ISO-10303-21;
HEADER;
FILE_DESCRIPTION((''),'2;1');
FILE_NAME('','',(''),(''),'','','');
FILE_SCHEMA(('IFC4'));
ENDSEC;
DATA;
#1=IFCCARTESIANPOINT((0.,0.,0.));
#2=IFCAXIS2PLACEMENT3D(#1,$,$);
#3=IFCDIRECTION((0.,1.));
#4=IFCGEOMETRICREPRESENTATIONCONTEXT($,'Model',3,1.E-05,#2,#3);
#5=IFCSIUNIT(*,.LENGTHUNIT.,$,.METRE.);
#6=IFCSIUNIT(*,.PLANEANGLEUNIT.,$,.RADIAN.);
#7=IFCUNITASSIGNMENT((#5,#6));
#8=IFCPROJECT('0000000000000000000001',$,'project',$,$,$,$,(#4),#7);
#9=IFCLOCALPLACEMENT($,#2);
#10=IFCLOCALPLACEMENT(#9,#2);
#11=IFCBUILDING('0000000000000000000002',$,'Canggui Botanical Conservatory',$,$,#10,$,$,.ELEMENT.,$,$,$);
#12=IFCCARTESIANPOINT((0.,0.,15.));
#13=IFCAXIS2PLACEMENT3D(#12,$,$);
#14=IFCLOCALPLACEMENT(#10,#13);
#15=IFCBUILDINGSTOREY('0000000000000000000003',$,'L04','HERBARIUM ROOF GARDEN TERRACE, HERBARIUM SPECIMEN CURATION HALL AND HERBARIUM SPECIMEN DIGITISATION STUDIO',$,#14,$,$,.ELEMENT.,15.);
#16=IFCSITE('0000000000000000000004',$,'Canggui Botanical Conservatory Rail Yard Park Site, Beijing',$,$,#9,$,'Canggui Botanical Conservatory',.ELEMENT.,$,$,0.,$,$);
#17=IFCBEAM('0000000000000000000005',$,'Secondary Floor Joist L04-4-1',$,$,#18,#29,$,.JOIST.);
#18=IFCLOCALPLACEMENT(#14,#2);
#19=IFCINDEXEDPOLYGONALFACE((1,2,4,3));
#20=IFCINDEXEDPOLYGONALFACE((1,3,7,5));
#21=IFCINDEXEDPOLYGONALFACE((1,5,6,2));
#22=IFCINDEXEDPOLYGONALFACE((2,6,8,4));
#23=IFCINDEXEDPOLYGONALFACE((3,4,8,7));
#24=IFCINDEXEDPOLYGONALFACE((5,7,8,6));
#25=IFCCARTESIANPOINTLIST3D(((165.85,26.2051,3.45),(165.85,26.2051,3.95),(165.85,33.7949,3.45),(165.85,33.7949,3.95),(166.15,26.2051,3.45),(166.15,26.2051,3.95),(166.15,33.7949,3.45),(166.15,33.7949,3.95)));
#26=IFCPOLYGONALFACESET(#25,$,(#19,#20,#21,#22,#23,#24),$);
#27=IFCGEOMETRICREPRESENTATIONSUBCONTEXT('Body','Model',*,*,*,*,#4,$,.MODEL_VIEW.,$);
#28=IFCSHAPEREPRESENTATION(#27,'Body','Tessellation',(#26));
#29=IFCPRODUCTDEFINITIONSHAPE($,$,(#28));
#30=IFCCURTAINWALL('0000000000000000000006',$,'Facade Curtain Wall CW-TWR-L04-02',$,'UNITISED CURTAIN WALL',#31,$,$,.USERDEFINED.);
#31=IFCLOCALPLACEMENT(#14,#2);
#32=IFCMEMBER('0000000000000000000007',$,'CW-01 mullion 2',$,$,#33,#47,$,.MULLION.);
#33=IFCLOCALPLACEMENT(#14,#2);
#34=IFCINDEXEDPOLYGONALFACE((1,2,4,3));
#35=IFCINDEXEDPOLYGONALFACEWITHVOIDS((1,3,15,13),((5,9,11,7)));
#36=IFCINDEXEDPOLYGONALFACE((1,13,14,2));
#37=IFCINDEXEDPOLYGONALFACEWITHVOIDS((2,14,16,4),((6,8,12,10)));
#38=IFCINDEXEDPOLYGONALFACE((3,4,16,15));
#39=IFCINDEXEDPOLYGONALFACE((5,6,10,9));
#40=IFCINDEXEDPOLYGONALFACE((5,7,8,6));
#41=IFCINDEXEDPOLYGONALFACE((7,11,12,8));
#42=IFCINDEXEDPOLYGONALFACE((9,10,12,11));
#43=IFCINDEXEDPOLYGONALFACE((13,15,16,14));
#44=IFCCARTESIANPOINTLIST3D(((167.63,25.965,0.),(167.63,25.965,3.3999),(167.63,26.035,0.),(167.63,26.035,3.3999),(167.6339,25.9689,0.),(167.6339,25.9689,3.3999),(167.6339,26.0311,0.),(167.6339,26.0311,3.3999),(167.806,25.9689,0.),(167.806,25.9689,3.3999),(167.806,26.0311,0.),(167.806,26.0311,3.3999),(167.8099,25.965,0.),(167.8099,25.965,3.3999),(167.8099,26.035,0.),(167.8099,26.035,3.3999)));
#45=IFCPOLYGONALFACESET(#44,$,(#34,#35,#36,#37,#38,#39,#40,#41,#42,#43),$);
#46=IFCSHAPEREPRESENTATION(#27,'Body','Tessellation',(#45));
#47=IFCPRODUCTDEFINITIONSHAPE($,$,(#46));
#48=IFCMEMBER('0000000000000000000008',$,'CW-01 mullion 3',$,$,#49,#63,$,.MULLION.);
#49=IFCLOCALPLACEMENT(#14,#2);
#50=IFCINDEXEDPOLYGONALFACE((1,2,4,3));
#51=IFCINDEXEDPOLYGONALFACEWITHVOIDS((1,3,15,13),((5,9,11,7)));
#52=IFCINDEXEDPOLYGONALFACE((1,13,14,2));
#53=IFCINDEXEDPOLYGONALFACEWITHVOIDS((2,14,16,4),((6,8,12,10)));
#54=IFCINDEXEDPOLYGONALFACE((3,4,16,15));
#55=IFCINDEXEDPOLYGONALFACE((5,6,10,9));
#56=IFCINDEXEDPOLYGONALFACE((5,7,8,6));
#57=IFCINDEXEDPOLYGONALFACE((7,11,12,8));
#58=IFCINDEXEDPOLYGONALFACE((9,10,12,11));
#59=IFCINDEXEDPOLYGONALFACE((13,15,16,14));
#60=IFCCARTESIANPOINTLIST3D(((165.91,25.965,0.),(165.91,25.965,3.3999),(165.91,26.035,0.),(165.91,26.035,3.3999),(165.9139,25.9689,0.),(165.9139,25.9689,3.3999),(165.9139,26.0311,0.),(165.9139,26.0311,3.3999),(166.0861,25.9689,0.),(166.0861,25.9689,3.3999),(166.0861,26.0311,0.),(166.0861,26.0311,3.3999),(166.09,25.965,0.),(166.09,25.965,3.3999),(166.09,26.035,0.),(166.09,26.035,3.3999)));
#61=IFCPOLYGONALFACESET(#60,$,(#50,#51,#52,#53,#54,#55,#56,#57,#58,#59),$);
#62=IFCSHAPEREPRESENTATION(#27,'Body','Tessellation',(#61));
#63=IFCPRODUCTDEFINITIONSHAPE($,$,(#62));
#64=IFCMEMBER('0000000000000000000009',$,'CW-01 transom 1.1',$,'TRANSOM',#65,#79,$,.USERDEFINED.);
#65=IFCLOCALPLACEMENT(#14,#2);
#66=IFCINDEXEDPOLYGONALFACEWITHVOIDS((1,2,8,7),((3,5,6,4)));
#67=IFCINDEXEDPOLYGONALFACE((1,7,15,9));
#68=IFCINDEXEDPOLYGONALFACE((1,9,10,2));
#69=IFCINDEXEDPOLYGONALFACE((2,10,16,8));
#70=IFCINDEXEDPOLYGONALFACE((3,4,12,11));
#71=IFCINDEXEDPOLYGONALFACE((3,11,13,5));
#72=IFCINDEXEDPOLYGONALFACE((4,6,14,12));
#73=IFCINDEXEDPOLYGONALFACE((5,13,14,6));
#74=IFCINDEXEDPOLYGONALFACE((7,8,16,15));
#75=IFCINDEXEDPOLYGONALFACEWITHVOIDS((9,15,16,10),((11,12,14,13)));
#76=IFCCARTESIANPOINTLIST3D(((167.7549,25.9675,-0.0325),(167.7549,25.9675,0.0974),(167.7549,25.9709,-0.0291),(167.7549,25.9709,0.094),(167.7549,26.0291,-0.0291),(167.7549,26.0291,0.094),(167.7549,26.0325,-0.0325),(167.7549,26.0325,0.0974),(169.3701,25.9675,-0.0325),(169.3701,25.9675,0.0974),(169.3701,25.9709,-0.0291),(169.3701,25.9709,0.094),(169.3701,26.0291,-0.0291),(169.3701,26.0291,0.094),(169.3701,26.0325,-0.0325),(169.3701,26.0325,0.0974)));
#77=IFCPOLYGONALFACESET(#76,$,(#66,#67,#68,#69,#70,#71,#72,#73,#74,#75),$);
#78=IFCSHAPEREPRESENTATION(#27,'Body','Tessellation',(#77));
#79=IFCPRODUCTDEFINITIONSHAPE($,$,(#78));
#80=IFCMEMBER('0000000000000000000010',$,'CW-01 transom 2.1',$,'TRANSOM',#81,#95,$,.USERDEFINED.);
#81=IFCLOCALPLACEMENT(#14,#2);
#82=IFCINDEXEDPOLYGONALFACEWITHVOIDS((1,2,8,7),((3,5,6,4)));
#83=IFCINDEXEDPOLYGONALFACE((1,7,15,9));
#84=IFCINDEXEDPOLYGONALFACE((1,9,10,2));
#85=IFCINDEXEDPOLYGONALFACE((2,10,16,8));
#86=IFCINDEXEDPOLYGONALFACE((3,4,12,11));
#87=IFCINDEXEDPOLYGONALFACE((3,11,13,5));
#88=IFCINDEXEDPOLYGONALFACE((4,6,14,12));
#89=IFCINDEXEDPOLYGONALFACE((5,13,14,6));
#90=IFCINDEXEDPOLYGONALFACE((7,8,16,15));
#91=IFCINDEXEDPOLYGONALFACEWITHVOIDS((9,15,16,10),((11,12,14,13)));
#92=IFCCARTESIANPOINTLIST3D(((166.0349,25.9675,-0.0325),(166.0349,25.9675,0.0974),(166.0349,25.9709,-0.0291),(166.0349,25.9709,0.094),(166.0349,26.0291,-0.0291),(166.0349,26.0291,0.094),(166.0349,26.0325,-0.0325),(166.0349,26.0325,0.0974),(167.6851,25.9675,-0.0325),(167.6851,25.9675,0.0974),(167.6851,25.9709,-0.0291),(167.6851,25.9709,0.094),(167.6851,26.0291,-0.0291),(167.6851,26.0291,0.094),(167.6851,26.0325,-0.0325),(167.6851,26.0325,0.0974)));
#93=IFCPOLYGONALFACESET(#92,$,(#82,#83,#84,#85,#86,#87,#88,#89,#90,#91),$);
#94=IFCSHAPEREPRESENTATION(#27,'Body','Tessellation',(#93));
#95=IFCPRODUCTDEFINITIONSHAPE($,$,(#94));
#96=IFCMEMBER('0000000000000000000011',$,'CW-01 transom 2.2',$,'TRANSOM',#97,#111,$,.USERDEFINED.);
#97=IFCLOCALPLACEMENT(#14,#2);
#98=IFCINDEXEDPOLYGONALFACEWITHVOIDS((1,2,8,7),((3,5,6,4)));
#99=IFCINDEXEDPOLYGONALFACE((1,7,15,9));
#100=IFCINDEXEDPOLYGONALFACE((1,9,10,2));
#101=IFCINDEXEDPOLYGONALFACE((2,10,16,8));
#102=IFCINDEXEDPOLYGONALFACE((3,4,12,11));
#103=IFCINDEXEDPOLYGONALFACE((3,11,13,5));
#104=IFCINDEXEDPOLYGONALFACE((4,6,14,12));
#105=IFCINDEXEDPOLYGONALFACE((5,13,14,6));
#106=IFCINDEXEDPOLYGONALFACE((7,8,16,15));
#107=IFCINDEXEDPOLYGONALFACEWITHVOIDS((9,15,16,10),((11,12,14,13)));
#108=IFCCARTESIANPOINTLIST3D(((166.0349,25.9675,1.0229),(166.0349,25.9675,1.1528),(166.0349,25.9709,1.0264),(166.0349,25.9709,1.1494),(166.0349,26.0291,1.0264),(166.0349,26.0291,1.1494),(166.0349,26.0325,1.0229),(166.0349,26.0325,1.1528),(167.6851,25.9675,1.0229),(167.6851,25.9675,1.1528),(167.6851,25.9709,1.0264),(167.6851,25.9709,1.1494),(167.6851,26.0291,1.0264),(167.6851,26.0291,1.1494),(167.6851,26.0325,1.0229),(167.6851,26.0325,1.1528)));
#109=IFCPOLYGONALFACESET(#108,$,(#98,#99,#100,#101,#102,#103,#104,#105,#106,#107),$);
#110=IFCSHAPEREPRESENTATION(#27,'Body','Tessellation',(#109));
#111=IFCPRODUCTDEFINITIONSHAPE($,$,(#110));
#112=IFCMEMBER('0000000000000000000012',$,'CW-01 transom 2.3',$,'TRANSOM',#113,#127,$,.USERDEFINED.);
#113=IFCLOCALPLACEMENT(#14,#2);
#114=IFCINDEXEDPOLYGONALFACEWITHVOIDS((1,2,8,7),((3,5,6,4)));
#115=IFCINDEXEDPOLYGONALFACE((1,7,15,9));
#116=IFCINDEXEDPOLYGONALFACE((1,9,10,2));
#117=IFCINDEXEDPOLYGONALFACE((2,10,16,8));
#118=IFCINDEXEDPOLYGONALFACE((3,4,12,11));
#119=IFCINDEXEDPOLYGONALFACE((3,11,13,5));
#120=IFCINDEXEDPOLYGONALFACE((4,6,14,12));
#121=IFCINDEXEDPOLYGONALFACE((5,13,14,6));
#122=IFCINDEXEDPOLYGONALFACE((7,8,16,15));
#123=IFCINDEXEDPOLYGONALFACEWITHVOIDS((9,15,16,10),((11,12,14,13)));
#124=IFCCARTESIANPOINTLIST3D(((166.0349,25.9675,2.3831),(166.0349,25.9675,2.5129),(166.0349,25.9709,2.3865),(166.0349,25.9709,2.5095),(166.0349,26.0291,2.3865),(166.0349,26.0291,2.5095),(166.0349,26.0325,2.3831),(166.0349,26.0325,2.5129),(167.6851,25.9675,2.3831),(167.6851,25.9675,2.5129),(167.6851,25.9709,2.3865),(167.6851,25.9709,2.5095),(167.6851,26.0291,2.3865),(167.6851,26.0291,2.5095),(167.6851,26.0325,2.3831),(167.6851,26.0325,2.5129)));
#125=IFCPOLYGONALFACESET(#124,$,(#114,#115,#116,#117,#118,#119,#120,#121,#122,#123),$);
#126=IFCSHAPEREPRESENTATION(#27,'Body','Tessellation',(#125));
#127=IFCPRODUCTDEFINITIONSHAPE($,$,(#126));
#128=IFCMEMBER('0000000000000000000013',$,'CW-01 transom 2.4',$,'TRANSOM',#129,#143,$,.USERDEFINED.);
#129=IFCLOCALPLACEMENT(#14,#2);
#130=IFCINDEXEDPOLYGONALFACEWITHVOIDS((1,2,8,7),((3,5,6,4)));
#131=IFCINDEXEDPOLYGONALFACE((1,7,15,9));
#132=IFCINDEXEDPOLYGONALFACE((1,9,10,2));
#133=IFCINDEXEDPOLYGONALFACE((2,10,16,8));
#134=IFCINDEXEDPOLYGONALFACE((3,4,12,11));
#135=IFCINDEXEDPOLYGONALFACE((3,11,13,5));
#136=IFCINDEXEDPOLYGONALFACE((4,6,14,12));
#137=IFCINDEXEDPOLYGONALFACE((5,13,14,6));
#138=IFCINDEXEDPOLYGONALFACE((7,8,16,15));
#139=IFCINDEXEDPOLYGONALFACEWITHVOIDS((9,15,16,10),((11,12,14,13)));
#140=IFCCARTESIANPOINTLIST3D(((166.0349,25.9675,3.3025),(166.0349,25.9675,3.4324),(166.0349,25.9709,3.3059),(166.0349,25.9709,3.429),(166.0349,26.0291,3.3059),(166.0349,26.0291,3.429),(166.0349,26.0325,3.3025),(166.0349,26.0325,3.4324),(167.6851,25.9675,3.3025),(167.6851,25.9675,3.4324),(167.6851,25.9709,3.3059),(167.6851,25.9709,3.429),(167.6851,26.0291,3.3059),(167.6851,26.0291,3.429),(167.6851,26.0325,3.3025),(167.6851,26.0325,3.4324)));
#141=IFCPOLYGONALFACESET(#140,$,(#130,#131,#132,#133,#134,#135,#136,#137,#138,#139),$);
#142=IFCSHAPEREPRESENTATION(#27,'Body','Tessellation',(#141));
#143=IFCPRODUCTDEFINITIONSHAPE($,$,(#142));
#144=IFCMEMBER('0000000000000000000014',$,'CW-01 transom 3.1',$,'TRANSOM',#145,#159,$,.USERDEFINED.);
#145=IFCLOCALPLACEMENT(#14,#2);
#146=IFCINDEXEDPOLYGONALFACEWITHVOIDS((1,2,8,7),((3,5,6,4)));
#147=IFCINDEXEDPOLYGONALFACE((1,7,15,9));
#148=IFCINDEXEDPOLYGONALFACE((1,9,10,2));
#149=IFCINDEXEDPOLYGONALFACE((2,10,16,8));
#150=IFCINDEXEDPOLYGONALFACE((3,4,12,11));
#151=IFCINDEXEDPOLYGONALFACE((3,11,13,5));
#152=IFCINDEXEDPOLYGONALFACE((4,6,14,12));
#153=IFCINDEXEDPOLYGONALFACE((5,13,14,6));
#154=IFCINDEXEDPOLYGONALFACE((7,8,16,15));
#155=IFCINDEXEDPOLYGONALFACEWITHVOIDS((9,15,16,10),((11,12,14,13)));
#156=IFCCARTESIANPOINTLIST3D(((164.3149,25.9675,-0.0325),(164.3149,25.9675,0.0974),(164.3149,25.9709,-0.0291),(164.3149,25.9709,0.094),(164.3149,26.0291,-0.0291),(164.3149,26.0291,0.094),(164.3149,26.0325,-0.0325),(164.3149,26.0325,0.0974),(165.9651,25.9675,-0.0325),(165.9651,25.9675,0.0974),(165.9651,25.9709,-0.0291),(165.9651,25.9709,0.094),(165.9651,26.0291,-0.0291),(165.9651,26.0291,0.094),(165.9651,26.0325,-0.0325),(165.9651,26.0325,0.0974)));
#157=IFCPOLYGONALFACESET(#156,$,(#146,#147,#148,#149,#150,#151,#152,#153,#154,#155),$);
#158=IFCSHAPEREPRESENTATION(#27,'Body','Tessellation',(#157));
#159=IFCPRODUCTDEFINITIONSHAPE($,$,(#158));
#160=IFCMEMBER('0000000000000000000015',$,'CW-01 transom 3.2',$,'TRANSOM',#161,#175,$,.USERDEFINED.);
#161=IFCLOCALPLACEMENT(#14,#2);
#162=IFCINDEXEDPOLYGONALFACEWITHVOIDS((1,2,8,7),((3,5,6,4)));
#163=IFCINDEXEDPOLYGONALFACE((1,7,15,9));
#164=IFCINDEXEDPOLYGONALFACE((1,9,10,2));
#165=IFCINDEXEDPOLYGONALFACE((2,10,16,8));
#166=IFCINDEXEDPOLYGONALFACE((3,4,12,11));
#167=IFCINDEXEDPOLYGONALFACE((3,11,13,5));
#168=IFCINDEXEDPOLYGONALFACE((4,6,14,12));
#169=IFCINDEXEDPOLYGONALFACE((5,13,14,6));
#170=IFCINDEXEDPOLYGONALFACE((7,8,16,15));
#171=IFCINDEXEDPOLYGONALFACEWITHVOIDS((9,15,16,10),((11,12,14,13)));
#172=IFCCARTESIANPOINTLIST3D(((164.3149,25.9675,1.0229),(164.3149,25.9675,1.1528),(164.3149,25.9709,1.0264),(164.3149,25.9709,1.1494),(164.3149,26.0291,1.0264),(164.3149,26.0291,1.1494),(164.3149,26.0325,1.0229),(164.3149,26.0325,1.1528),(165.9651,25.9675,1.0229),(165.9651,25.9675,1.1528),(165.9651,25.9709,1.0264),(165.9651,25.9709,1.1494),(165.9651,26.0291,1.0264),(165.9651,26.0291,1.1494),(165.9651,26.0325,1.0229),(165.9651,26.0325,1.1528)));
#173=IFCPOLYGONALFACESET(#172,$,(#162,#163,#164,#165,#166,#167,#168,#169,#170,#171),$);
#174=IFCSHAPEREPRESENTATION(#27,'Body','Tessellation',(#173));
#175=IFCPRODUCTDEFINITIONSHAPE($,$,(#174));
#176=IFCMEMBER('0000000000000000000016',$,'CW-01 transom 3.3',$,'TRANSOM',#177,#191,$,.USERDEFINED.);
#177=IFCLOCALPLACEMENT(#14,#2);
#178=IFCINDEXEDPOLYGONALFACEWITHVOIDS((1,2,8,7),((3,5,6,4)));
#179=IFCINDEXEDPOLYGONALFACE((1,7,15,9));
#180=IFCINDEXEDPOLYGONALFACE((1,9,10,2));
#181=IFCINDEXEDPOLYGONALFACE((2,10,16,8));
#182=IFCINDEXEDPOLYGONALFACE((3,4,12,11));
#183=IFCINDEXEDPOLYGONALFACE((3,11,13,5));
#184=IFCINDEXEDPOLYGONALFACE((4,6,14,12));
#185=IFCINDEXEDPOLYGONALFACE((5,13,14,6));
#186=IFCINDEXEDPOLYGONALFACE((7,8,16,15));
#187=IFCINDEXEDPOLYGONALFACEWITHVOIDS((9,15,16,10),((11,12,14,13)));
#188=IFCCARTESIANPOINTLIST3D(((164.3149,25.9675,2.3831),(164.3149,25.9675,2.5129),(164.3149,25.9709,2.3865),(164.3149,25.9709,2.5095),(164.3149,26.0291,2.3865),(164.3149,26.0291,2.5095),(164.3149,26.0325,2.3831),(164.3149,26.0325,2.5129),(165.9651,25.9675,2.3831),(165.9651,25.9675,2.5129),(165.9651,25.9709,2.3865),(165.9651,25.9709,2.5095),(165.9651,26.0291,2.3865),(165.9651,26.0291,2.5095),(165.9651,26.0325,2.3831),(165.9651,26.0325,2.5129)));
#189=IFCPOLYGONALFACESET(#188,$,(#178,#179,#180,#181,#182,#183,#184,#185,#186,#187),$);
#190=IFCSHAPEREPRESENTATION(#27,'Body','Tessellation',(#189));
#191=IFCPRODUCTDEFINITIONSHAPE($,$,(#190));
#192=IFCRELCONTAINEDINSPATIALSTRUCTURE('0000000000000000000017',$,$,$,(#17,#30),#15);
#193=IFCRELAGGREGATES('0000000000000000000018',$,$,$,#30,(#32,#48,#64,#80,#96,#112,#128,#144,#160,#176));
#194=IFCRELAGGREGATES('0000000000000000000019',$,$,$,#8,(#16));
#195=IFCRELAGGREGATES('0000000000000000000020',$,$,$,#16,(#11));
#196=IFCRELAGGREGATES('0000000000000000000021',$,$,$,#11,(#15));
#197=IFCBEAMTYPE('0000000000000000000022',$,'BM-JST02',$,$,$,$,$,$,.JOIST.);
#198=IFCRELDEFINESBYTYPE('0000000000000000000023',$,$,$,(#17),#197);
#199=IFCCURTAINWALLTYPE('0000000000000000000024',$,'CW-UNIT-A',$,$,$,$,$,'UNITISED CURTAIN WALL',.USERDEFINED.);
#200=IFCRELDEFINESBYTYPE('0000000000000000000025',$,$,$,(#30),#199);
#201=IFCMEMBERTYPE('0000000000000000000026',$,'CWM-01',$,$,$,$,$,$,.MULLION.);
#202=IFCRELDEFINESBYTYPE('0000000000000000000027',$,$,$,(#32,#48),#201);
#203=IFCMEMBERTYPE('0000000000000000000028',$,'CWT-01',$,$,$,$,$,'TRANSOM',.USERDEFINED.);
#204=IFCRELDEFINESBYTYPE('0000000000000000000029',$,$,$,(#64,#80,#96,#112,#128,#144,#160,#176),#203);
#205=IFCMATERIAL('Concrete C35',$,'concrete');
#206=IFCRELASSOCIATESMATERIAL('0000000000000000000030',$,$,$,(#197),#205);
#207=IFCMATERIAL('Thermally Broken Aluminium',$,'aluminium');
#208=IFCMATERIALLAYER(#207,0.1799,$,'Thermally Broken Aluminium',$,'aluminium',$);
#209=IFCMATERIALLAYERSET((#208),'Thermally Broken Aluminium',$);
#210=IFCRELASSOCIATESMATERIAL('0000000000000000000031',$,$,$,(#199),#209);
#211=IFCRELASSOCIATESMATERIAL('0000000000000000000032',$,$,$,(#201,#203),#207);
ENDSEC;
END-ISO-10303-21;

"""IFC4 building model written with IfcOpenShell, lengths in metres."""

from ifc_helpers import new_model, si_unit, direction, frame, origin, origin_2d, place, context, subcontext, project, spatial, rectangle, hollow_rectangle, extrude, material, layer, layer_set, material_profile, profile_set, type_object, element, aggregate, save


model = new_model("IFC4")

# Units and contexts
model_context = context("Model", 3, precision=1e-05, world=origin(), true_north=direction((0.0, 1.0)))
body_context = subcontext(model_context, "Body", "Model", "MODEL_VIEW")
ifc_project = project(units=[si_unit("LENGTHUNIT", "METRE"), si_unit("PLANEANGLEUNIT", "RADIAN")], contexts=[model_context])

# Site, building, storey
site_placement = place(None, origin())
site = spatial("IfcSite", under=ifc_project, at=site_placement, Name="Canggui Botanical Conservatory Rail Yard Park Site, Beijing", LongName="Canggui Botanical Conservatory", CompositionType="ELEMENT", RefElevation=0.0)
building_placement = place(site_placement, origin())
building = spatial("IfcBuilding", under=site, at=building_placement, Name="Canggui Botanical Conservatory", CompositionType="ELEMENT")
storey_placement = place(building_placement, frame((0.0, 0.0, 15.0)))
storey = spatial("IfcBuildingStorey", under=building, at=storey_placement, Name="L04", Description="HERBARIUM ROOF GARDEN TERRACE, HERBARIUM SPECIMEN CURATION HALL AND HERBARIUM SPECIMEN DIGITISATION STUDIO", CompositionType="ELEMENT", Elevation=15.0)

# Beam
ifc_material_1 = material(Name="Concrete C35", Category="concrete")
ifc_material_profile_1 = material_profile(ifc_material_1, rectangle(XDim=0.3, YDim=0.5, at=origin_2d()), Name="RB 300x500")
ifc_profile_set_1 = profile_set([ifc_material_profile_1], Name="Concrete C35")
beam_type = type_object("IfcBeamType", Name="BM-JST02", PredefinedType="JOIST", material=ifc_profile_set_1)
beam_placement = place(storey_placement, frame((166.0, 26.2051, 3.7), z_axis=(0.0, 1.0, 0.0), x_axis=(-1.0, 0.0, 0.0)))
element("IfcBeam", 1, at=beam_placement, inside=storey, type_object=beam_type, Name="Secondary Floor Joist L04-4-1", PredefinedType="JOIST", context=body_context, shape_type="SweptSolid", body=[
    extrude(rectangle(XDim=0.3, YDim=0.5, at=origin_2d()), origin(), (0.0, 0.0, 1.0), 7.5898),
])

# Curtain wall, members
ifc_material_2 = material(Name="Thermally Broken Aluminium", Category="aluminium")
ifc_layer_1 = layer(ifc_material_2, 0.1799, Name="Thermally Broken Aluminium", Category="aluminium")
ifc_layer_set_1 = layer_set([ifc_layer_1], Name="Thermally Broken Aluminium")
curtain_wall_type = type_object("IfcCurtainWallType", Name="CW-UNIT-A", ElementType="UNITISED CURTAIN WALL", PredefinedType="USERDEFINED", material=ifc_layer_set_1)
curtain_wall_placement = place(storey_placement, origin())
curtain_wall = element("IfcCurtainWall", 2, at=curtain_wall_placement, inside=storey, type_object=curtain_wall_type, Name="Facade Curtain Wall CW-TWR-L04-02", ObjectType="UNITISED CURTAIN WALL", PredefinedType="USERDEFINED")
ifc_material_profile_2 = material_profile(ifc_material_2, hollow_rectangle(XDim=0.0701, YDim=0.1799, WallThickness=0.0039, at=origin_2d()), Name="CWM 70x180x4")
ifc_profile_set_2 = profile_set([ifc_material_profile_2], Name="Thermally Broken Aluminium")
member_type_1 = type_object("IfcMemberType", Name="CWM-01", PredefinedType="MULLION", material=ifc_profile_set_2)
member_1_placement = place(storey_placement, frame((167.72, 26.0, 0.0), z_axis=(0.0, 0.0, 1.0), x_axis=(0.0, -1.0, 0.0)))
member_1 = element("IfcMember", 3, at=member_1_placement, type_object=member_type_1, Name="CW-01 mullion 2", PredefinedType="MULLION", context=body_context, shape_type="SweptSolid", body=[
    extrude(hollow_rectangle(XDim=0.0701, YDim=0.1799, WallThickness=0.0039, at=origin_2d()), origin(), (0.0, 0.0, 1.0), 3.3999),
])
member_2_placement = place(storey_placement, frame((166.0, 26.0, 0.0), z_axis=(0.0, 0.0, 1.0), x_axis=(0.0, -1.0, 0.0)))
member_2 = element("IfcMember", 4, at=member_2_placement, type_object=member_type_1, Name="CW-01 mullion 3", PredefinedType="MULLION", context=body_context, shape_type="SweptSolid", body=[
    extrude(hollow_rectangle(XDim=0.0701, YDim=0.1799, WallThickness=0.0039, at=origin_2d()), origin(), (0.0, 0.0, 1.0), 3.3999),
])
ifc_material_profile_3 = material_profile(ifc_material_2, hollow_rectangle(XDim=0.0649, YDim=0.1299, WallThickness=0.0034, at=origin_2d()), Name="CWT 65x130x3.5")
ifc_profile_set_3 = profile_set([ifc_material_profile_3], Name="Thermally Broken Aluminium")
member_type_2 = type_object("IfcMemberType", Name="CWT-01", ElementType="TRANSOM", PredefinedType="USERDEFINED", material=ifc_profile_set_3)
member_3_placement = place(storey_placement, frame((169.3701, 26.0, 0.0325), z_axis=(-1.0, 0.0, 0.0), x_axis=(0.0, -1.0, 0.0)))
member_3 = element("IfcMember", 5, at=member_3_placement, type_object=member_type_2, Name="CW-01 transom 1.1", ObjectType="TRANSOM", PredefinedType="USERDEFINED", context=body_context, shape_type="SweptSolid", body=[
    extrude(hollow_rectangle(XDim=0.0649, YDim=0.1299, WallThickness=0.0034, at=origin_2d()), origin(), (0.0, 0.0, 1.0), 1.6152),
])
member_4_placement = place(storey_placement, frame((167.6851, 26.0, 0.0325), z_axis=(-1.0, 0.0, 0.0), x_axis=(0.0, -1.0, 0.0)))
member_4 = element("IfcMember", 6, at=member_4_placement, type_object=member_type_2, Name="CW-01 transom 2.1", ObjectType="TRANSOM", PredefinedType="USERDEFINED", context=body_context, shape_type="SweptSolid", body=[
    extrude(hollow_rectangle(XDim=0.0649, YDim=0.1299, WallThickness=0.0034, at=origin_2d()), origin(), (0.0, 0.0, 1.0), 1.6501),
])
member_5_placement = place(storey_placement, frame((167.6851, 26.0, 1.0879), z_axis=(-1.0, 0.0, 0.0), x_axis=(0.0, -1.0, 0.0)))
member_5 = element("IfcMember", 7, at=member_5_placement, type_object=member_type_2, Name="CW-01 transom 2.2", ObjectType="TRANSOM", PredefinedType="USERDEFINED", context=body_context, shape_type="SweptSolid", body=[
    extrude(hollow_rectangle(XDim=0.0649, YDim=0.1299, WallThickness=0.0034, at=origin_2d()), origin(), (0.0, 0.0, 1.0), 1.6501),
])
member_6_placement = place(storey_placement, frame((167.6851, 26.0, 2.448), z_axis=(-1.0, 0.0, 0.0), x_axis=(0.0, -1.0, 0.0)))
member_6 = element("IfcMember", 8, at=member_6_placement, type_object=member_type_2, Name="CW-01 transom 2.3", ObjectType="TRANSOM", PredefinedType="USERDEFINED", context=body_context, shape_type="SweptSolid", body=[
    extrude(hollow_rectangle(XDim=0.0649, YDim=0.1299, WallThickness=0.0034, at=origin_2d()), origin(), (0.0, 0.0, 1.0), 1.6501),
])
member_7_placement = place(storey_placement, frame((167.6851, 26.0, 3.3674), z_axis=(-1.0, 0.0, 0.0), x_axis=(0.0, -1.0, 0.0)))
member_7 = element("IfcMember", 9, at=member_7_placement, type_object=member_type_2, Name="CW-01 transom 2.4", ObjectType="TRANSOM", PredefinedType="USERDEFINED", context=body_context, shape_type="SweptSolid", body=[
    extrude(hollow_rectangle(XDim=0.0649, YDim=0.1299, WallThickness=0.0034, at=origin_2d()), origin(), (0.0, 0.0, 1.0), 1.6501),
])
member_8_placement = place(storey_placement, frame((165.9651, 26.0, 0.0325), z_axis=(-1.0, 0.0, 0.0), x_axis=(0.0, -1.0, 0.0)))
member_8 = element("IfcMember", 10, at=member_8_placement, type_object=member_type_2, Name="CW-01 transom 3.1", ObjectType="TRANSOM", PredefinedType="USERDEFINED", context=body_context, shape_type="SweptSolid", body=[
    extrude(hollow_rectangle(XDim=0.0649, YDim=0.1299, WallThickness=0.0034, at=origin_2d()), origin(), (0.0, 0.0, 1.0), 1.6501),
])
member_9_placement = place(storey_placement, frame((165.9651, 26.0, 1.0879), z_axis=(-1.0, 0.0, 0.0), x_axis=(0.0, -1.0, 0.0)))
member_9 = element("IfcMember", 11, at=member_9_placement, type_object=member_type_2, Name="CW-01 transom 3.2", ObjectType="TRANSOM", PredefinedType="USERDEFINED", context=body_context, shape_type="SweptSolid", body=[
    extrude(hollow_rectangle(XDim=0.0649, YDim=0.1299, WallThickness=0.0034, at=origin_2d()), origin(), (0.0, 0.0, 1.0), 1.6501),
])
member_10_placement = place(storey_placement, frame((165.9651, 26.0, 2.448), z_axis=(-1.0, 0.0, 0.0), x_axis=(0.0, -1.0, 0.0)))
member_10 = element("IfcMember", 12, at=member_10_placement, type_object=member_type_2, Name="CW-01 transom 3.3", ObjectType="TRANSOM", PredefinedType="USERDEFINED", context=body_context, shape_type="SweptSolid", body=[
    extrude(hollow_rectangle(XDim=0.0649, YDim=0.1299, WallThickness=0.0034, at=origin_2d()), origin(), (0.0, 0.0, 1.0), 1.6501),
])
aggregate(curtain_wall, [member_1, member_2, member_3, member_4, member_5, member_6, member_7, member_8, member_9, member_10])

save(model, "model.ifc")
